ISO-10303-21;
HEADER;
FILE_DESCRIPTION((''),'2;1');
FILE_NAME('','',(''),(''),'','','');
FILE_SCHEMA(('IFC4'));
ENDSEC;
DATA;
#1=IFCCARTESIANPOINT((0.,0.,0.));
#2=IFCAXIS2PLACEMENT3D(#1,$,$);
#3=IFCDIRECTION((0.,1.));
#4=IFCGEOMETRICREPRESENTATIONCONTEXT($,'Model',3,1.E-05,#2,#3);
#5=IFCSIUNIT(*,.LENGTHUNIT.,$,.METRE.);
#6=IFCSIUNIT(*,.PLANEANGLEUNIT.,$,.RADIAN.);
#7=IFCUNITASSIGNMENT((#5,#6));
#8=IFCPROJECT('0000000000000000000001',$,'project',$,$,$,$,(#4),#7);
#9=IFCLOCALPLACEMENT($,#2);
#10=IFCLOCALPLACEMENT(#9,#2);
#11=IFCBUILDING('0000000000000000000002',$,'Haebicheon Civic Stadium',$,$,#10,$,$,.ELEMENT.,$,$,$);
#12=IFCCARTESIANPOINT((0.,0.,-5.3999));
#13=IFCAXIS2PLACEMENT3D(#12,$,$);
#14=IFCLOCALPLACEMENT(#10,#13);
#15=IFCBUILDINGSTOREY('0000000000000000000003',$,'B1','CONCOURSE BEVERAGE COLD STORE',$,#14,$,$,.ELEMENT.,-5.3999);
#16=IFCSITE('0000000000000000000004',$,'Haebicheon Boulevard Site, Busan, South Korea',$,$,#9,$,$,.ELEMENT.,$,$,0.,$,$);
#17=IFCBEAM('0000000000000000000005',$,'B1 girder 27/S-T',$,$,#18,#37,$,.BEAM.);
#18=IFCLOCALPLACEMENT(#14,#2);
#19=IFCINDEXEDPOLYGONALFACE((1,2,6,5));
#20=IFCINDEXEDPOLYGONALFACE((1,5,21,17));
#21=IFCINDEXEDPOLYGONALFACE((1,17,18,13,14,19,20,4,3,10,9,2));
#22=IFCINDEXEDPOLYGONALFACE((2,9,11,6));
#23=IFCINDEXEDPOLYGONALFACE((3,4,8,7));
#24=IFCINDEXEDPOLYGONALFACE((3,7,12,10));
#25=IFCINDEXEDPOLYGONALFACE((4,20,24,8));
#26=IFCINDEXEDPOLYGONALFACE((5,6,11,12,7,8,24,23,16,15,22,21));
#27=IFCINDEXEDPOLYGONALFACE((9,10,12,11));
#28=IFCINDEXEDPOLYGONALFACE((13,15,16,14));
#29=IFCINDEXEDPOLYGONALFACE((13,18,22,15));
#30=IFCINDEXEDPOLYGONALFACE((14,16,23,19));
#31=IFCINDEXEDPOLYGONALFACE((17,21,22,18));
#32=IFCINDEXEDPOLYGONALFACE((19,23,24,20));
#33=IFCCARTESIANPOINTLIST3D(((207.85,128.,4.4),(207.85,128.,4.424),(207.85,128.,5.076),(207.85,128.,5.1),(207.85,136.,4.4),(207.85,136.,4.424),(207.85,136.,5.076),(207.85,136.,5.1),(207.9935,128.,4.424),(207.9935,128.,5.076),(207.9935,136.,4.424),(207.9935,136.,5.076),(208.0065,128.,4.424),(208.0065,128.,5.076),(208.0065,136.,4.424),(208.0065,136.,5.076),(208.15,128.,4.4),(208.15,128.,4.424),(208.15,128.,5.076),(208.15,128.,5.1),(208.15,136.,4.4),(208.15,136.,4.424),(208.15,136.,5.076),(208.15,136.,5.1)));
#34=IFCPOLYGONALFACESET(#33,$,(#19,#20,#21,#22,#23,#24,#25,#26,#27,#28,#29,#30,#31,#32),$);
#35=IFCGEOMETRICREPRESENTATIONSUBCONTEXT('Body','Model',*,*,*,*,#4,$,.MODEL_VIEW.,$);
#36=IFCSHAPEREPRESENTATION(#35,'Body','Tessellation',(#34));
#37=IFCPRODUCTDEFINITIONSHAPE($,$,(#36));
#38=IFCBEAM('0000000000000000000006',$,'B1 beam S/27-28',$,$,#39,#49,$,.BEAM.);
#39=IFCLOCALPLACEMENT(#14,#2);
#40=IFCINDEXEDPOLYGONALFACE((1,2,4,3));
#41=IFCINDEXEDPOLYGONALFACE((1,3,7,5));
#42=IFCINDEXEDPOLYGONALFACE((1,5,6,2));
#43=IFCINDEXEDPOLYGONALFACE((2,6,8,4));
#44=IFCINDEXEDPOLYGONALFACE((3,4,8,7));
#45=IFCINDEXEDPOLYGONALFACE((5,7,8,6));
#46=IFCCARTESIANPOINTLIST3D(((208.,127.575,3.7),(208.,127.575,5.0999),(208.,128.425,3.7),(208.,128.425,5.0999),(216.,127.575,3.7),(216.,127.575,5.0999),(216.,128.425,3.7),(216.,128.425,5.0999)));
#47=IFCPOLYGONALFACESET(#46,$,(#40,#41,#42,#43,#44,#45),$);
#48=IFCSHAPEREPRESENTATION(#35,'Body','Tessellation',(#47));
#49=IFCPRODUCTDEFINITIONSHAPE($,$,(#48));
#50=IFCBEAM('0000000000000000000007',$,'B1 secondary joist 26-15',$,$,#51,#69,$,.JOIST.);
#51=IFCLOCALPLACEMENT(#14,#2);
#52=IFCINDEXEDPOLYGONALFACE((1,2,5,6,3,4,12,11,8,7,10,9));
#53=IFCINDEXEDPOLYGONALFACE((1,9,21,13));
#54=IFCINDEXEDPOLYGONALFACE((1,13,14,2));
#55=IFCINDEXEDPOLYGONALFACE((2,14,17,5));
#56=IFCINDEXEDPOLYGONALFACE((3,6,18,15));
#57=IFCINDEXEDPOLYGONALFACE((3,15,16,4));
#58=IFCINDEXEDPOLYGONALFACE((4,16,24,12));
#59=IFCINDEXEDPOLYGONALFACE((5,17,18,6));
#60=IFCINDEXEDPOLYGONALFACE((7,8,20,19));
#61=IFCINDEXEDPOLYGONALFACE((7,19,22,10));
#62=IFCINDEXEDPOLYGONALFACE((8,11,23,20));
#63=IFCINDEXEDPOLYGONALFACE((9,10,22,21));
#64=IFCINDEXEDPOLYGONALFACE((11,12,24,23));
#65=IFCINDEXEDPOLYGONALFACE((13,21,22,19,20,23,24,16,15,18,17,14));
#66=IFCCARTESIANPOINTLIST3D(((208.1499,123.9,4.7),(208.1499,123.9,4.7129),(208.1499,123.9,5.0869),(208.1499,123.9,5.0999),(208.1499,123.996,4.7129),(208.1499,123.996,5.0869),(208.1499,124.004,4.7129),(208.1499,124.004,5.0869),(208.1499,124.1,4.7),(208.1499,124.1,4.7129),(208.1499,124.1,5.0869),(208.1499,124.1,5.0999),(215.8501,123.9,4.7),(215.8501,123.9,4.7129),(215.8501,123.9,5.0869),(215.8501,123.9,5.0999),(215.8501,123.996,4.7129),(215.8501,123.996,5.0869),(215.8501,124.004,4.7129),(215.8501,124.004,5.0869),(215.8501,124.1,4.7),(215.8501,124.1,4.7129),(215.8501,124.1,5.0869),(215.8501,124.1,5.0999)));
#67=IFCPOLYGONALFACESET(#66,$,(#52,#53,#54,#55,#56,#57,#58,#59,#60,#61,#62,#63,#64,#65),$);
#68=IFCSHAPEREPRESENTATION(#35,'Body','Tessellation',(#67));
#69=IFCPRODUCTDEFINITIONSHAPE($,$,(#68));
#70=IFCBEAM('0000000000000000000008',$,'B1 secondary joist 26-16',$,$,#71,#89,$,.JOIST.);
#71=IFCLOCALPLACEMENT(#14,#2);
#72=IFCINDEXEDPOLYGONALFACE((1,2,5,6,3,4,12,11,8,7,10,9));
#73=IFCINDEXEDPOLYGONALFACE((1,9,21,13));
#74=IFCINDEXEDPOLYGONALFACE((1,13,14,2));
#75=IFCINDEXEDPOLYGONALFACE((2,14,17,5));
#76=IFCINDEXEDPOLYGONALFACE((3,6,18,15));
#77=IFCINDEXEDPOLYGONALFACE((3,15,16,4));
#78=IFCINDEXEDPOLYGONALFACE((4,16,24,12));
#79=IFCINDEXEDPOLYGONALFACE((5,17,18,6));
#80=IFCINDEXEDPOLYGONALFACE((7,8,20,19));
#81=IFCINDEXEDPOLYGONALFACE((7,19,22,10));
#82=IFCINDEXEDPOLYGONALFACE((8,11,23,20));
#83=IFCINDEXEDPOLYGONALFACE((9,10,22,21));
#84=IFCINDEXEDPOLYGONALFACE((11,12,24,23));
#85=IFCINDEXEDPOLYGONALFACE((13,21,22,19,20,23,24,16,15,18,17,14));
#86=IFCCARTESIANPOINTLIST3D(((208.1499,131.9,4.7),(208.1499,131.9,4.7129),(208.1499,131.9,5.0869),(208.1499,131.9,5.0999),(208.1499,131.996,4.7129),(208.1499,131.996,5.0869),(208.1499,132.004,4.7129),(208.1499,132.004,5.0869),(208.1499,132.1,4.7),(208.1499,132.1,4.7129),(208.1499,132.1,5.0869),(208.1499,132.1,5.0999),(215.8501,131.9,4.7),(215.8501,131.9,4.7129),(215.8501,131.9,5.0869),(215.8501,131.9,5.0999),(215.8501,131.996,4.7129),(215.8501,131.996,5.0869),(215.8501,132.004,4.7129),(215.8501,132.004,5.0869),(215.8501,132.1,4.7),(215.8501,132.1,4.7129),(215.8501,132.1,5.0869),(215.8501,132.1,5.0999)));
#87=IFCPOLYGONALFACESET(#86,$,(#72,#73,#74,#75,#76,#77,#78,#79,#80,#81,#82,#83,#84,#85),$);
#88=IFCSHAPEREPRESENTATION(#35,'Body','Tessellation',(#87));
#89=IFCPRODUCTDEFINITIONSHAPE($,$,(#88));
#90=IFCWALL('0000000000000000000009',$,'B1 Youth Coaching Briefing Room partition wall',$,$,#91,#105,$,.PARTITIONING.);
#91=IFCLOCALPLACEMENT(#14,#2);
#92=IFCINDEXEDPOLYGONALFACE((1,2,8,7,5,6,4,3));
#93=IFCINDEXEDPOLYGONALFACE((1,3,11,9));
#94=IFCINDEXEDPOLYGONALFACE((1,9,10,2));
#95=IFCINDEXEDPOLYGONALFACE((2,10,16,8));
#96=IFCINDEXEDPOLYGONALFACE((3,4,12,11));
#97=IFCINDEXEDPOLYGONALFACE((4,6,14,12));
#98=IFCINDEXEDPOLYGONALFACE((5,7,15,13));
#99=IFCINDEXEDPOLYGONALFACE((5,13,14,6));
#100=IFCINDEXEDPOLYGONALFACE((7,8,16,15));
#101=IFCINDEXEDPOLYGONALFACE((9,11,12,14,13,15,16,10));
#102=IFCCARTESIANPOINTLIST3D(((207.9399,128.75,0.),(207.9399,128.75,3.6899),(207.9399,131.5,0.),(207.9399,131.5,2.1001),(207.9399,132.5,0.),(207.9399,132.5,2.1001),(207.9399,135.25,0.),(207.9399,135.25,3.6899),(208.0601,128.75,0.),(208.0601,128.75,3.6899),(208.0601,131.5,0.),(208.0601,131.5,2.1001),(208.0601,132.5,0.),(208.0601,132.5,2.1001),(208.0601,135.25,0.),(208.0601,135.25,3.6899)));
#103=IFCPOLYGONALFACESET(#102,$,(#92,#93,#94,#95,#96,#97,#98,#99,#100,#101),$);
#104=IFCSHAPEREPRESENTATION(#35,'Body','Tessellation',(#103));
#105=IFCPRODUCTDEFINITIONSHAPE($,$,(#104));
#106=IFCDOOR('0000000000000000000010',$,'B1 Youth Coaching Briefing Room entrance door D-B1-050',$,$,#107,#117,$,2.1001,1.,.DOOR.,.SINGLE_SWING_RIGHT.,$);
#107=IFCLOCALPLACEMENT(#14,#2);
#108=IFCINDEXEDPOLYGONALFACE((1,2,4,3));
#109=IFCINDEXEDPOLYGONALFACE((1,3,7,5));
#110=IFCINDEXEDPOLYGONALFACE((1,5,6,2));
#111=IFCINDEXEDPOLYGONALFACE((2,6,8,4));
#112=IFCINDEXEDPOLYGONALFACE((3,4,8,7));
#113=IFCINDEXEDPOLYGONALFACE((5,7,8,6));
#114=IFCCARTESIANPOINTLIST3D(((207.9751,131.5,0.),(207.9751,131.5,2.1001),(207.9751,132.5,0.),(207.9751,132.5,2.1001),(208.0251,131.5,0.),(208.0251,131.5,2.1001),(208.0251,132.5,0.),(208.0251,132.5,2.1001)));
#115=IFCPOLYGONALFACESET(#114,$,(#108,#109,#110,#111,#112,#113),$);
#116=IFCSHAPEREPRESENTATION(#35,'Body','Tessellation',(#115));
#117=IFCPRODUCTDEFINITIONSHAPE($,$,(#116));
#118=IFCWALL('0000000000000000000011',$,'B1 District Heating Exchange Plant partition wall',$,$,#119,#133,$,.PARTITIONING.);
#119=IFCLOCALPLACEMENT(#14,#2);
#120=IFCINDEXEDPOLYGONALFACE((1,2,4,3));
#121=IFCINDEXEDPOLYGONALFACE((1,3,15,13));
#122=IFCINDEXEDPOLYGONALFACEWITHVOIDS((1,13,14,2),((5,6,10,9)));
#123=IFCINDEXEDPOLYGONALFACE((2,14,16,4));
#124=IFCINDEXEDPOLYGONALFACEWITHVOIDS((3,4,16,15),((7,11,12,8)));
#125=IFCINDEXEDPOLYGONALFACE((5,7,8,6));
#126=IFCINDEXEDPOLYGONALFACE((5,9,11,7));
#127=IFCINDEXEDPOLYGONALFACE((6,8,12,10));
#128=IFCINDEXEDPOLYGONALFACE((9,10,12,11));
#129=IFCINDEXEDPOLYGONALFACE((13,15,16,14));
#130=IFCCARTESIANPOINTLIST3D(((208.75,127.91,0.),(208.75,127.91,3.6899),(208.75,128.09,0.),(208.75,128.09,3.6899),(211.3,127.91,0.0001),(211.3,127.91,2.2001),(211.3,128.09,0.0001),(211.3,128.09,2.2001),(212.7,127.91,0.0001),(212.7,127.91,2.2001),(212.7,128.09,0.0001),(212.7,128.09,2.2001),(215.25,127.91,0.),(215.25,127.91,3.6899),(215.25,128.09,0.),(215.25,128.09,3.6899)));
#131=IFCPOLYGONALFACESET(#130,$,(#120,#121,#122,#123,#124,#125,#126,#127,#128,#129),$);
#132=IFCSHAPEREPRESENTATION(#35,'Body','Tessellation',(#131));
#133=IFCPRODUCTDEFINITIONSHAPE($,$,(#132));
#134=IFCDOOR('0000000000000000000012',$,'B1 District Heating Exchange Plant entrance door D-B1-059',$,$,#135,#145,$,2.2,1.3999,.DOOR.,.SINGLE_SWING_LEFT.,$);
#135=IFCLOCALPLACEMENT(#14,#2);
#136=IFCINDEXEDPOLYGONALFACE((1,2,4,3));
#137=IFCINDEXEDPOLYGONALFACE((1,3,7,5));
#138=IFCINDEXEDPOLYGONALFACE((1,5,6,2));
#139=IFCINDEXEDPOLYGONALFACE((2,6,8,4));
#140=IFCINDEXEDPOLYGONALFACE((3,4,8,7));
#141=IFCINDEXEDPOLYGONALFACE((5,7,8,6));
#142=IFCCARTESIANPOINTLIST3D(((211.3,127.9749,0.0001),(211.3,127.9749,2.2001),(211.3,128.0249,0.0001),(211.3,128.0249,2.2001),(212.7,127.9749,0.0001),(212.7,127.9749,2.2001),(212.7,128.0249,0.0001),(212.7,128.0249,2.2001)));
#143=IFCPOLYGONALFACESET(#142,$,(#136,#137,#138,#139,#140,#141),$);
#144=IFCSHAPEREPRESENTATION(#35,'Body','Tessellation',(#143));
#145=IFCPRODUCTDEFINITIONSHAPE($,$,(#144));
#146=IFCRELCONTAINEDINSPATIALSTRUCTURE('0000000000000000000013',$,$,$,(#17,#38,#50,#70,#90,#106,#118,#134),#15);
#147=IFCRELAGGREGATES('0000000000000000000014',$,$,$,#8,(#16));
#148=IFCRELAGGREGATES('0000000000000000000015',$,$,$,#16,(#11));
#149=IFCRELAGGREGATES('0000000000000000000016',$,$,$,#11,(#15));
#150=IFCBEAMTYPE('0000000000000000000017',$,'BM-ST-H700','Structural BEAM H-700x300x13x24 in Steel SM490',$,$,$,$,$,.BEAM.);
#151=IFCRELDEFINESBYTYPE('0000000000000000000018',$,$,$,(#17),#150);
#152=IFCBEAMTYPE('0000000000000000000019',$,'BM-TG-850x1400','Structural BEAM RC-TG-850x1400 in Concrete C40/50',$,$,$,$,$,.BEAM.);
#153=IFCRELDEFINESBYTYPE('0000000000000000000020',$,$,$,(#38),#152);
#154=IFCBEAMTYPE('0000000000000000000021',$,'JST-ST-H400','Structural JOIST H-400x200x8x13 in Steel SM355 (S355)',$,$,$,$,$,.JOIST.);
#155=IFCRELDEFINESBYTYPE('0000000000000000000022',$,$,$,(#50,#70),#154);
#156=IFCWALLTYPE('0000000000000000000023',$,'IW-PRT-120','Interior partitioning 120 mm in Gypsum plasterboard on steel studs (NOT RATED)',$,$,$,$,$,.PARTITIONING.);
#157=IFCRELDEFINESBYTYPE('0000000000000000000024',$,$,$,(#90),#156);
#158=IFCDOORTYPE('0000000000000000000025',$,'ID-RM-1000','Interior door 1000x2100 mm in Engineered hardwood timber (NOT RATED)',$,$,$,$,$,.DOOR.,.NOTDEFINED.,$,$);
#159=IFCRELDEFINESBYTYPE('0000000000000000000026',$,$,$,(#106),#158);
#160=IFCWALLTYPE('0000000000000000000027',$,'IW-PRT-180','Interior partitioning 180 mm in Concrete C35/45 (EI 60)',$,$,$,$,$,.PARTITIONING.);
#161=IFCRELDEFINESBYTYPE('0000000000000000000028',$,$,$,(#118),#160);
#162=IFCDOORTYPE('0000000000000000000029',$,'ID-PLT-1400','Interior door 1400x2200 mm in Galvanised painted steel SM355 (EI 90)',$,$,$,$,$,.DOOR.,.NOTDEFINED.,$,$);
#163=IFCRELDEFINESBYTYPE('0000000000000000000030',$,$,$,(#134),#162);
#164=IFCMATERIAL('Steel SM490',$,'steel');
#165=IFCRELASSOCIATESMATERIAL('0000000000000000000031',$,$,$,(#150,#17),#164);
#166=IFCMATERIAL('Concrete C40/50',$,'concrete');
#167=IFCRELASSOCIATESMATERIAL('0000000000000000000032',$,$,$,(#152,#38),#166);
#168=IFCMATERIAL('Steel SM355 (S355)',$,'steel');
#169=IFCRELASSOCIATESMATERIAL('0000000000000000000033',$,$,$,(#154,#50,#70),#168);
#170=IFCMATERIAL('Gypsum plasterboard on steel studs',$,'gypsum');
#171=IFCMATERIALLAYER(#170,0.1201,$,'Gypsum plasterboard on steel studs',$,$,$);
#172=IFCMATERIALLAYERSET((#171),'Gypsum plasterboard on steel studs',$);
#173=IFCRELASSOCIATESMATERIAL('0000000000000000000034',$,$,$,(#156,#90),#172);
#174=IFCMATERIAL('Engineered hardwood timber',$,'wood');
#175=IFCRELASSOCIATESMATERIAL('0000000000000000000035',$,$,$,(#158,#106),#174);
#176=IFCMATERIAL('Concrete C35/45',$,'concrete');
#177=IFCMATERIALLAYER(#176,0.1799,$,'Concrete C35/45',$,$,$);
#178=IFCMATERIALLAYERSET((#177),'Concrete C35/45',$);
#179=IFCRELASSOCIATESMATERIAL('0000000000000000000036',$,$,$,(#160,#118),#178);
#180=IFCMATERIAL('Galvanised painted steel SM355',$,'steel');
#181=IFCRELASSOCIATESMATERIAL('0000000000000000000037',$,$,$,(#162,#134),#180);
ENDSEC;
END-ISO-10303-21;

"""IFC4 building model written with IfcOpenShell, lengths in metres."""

from ifc_helpers import new_model, si_unit, direction, frame, frame_2d, origin, origin_2d, place, context, subcontext, project, spatial, rectangle, i_section, extrude, material, layer, layer_set, material_profile, profile_set, type_object, element, fill, save


model = new_model("IFC4")

# Units and contexts
model_context = context("Model", 3, precision=1e-05, world=origin(), true_north=direction((0.0, 1.0)))
body_context = subcontext(model_context, "Body", "Model", "MODEL_VIEW")
ifc_project = project(units=[si_unit("LENGTHUNIT", "METRE"), si_unit("PLANEANGLEUNIT", "RADIAN")], contexts=[model_context])

# Site, building, storey
site_placement = place(None, origin())
site = spatial("IfcSite", under=ifc_project, at=site_placement, Name="Haebicheon Boulevard Site, Busan, South Korea", CompositionType="ELEMENT", RefElevation=0.0)
building_placement = place(site_placement, origin())
building = spatial("IfcBuilding", under=site, at=building_placement, Name="Haebicheon Civic Stadium", CompositionType="ELEMENT")
storey_placement = place(building_placement, frame((0.0, 0.0, -5.3999)))
storey = spatial("IfcBuildingStorey", under=building, at=storey_placement, Name="B1", Description="CONCOURSE BEVERAGE COLD STORE", CompositionType="ELEMENT", Elevation=-5.3999)

# Beams
ifc_material_1 = material(Name="Steel SM490", Category="steel")
ifc_material_profile_1 = material_profile(ifc_material_1, i_section(OverallWidth=0.3, OverallDepth=0.7, WebThickness=0.0129, FlangeThickness=0.0239, at=origin_2d()), Name="H-700x300x13x24")
ifc_profile_set_1 = profile_set([ifc_material_profile_1], Name="Steel SM490")
beam_type_1 = type_object("IfcBeamType", Name="BM-ST-H700", Description="Structural BEAM H-700x300x13x24 in Steel SM490", PredefinedType="BEAM", material=ifc_profile_set_1)
beam_1_placement = place(storey_placement, frame((208.0, 128.0, 4.75), z_axis=(0.0, 1.0, 0.0), x_axis=(-1.0, 0.0, 0.0)))
element("IfcBeam", 1, at=beam_1_placement, inside=storey, type_object=beam_type_1, material=ifc_profile_set_1, Name="B1 girder 27/S-T", PredefinedType="BEAM", context=body_context, shape_type="SweptSolid", body=[
    extrude(i_section(OverallWidth=0.3, OverallDepth=0.7, WebThickness=0.0129, FlangeThickness=0.0239, at=origin_2d()), origin(), (0.0, 0.0, 1.0), 8.0),
])
ifc_material_2 = material(Name="Concrete C40/50", Category="concrete")
ifc_material_profile_2 = material_profile(ifc_material_2, rectangle(XDim=0.8501, YDim=1.3999, at=origin_2d()), Name="RC-TG-850x1400")
ifc_profile_set_2 = profile_set([ifc_material_profile_2], Name="Concrete C40/50")
beam_type_2 = type_object("IfcBeamType", Name="BM-TG-850x1400", Description="Structural BEAM RC-TG-850x1400 in Concrete C40/50", PredefinedType="BEAM", material=ifc_profile_set_2)
beam_2_placement = place(storey_placement, frame((208.0, 128.0, 4.3999), z_axis=(1.0, 0.0, 0.0), x_axis=(0.0, 1.0, 0.0)))
element("IfcBeam", 2, at=beam_2_placement, inside=storey, type_object=beam_type_2, material=ifc_profile_set_2, Name="B1 beam S/27-28", PredefinedType="BEAM", context=body_context, shape_type="SweptSolid", body=[
    extrude(rectangle(XDim=0.8501, YDim=1.3999, at=origin_2d()), origin(), (0.0, 0.0, 1.0), 8.0),
])
ifc_material_3 = material(Name="Steel SM355 (S355)", Category="steel")
ifc_material_profile_3 = material_profile(ifc_material_3, i_section(OverallWidth=0.2, OverallDepth=0.3999, WebThickness=0.0081, FlangeThickness=0.0129, at=origin_2d()), Name="H-400x200x8x13")
ifc_profile_set_3 = profile_set([ifc_material_profile_3], Name="Steel SM355 (S355)")
beam_type_3 = type_object("IfcBeamType", Name="JST-ST-H400", Description="Structural JOIST H-400x200x8x13 in Steel SM355 (S355)", PredefinedType="JOIST", material=ifc_profile_set_3)
for number, where, z_axis, x_axis, name in (
    (3, (208.1499, 124.0, 4.8999), (1.0, 0.0, 0.0), (0.0, 1.0, 0.0), "B1 secondary joist 26-15"),
    (4, (208.1499, 132.0, 4.8999), (1.0, 0.0, 0.0), (0.0, 1.0, 0.0), "B1 secondary joist 26-16"),
):
    element("IfcBeam", number, at=place(storey_placement, frame(where, z_axis=z_axis, x_axis=x_axis)), inside=storey, type_object=beam_type_3, material=ifc_profile_set_3, Name=name, PredefinedType="JOIST", context=body_context, shape_type="SweptSolid", body=[
        extrude(i_section(OverallWidth=0.2, OverallDepth=0.3999, WebThickness=0.0081, FlangeThickness=0.0129, at=origin_2d()), origin(), (0.0, 0.0, 1.0), 7.7002),
    ])

# Walls, openings, doors
ifc_material_4 = material(Name="Gypsum plasterboard on steel studs", Category="gypsum")
ifc_layer_1 = layer(ifc_material_4, 0.1201, Name="Gypsum plasterboard on steel studs")
ifc_layer_set_1 = layer_set([ifc_layer_1], Name="Gypsum plasterboard on steel studs")
wall_type_1 = type_object("IfcWallType", Name="IW-PRT-120", Description="Interior partitioning 120 mm in Gypsum plasterboard on steel studs (NOT RATED)", PredefinedType="PARTITIONING", material=ifc_layer_set_1)
wall_1_placement = place(storey_placement, frame((208.0, 128.75, 0.0), z_axis=(0.0, 0.0, 1.0), x_axis=(0.0, 1.0, 0.0)))
wall_1 = element("IfcWall", 5, at=wall_1_placement, inside=storey, type_object=wall_type_1, material=ifc_layer_set_1, Name="B1 Youth Coaching Briefing Room partition wall", PredefinedType="PARTITIONING", context=body_context, shape_type="SweptSolid", body=[
    extrude(rectangle(XDim=6.5, YDim=0.1201, at=frame_2d((3.25, 0.0))), origin(), (0.0, 0.0, 1.0), 3.6899),
])
opening_1_placement = place(wall_1_placement, frame((2.75, 0.0, 0.0)))
opening_1 = element("IfcOpeningElement", 6, at=opening_1_placement, cuts=wall_1, PredefinedType="OPENING", context=body_context, shape_type="SweptSolid", body=[
    extrude(rectangle(XDim=1.0, YDim=2.1001, at=frame_2d((0.5, 1.05))), frame((0.0, 0.0701, 0.0), z_axis=(0.0, -1.0, 0.0), x_axis=(1.0, 0.0, 0.0)), (0.0, 0.0, 1.0), 0.1401),
])
ifc_material_5 = material(Name="Engineered hardwood timber", Category="wood")
door_type_1 = type_object("IfcDoorType", Name="ID-RM-1000", Description="Interior door 1000x2100 mm in Engineered hardwood timber (NOT RATED)", OperationType="NOTDEFINED", PredefinedType="DOOR", material=ifc_material_5)
door_1_placement = place(opening_1_placement, origin())
door_1 = element("IfcDoor", 7, at=door_1_placement, inside=storey, type_object=door_type_1, material=ifc_material_5, Name="B1 Youth Coaching Briefing Room entrance door D-B1-050", OperationType="SINGLE_SWING_RIGHT", OverallHeight=2.1001, OverallWidth=1.0, PredefinedType="DOOR", context=body_context, shape_type="SweptSolid", body=[
    extrude(rectangle(XDim=1.0, YDim=2.1001, at=frame_2d((0.5, 1.05))), frame((0.0, 0.0249, 0.0), z_axis=(0.0, -1.0, 0.0), x_axis=(1.0, 0.0, 0.0)), (0.0, 0.0, 1.0), 0.05),
])
fill(opening_1, door_1)
ifc_material_6 = material(Name="Concrete C35/45", Category="concrete")
ifc_layer_2 = layer(ifc_material_6, 0.1799, Name="Concrete C35/45")
ifc_layer_set_2 = layer_set([ifc_layer_2], Name="Concrete C35/45")
wall_type_2 = type_object("IfcWallType", Name="IW-PRT-180", Description="Interior partitioning 180 mm in Concrete C35/45 (EI 60)", PredefinedType="PARTITIONING", material=ifc_layer_set_2)
wall_2_placement = place(storey_placement, frame((208.75, 128.0, 0.0), z_axis=(0.0, 0.0, 1.0), x_axis=(1.0, 0.0, 0.0)))
wall_2 = element("IfcWall", 8, at=wall_2_placement, inside=storey, type_object=wall_type_2, material=ifc_layer_set_2, Name="B1 District Heating Exchange Plant partition wall", PredefinedType="PARTITIONING", context=body_context, shape_type="SweptSolid", body=[
    extrude(rectangle(XDim=6.5, YDim=0.1799, at=frame_2d((3.25, 0.0))), origin(), (0.0, 0.0, 1.0), 3.6899),
])
opening_2_placement = place(wall_2_placement, frame((2.55, 0.0, 0.0)))
opening_2 = element("IfcOpeningElement", 9, at=opening_2_placement, cuts=wall_2, PredefinedType="OPENING", context=body_context, shape_type="SweptSolid", body=[
    extrude(rectangle(XDim=1.3999, YDim=2.2, at=frame_2d((0.7, 1.1001))), frame((0.0, 0.0999, 0.0), z_axis=(0.0, -1.0, 0.0), x_axis=(1.0, 0.0, 0.0)), (0.0, 0.0, 1.0), 0.2),
])
ifc_material_7 = material(Name="Galvanised painted steel SM355", Category="steel")
door_type_2 = type_object("IfcDoorType", Name="ID-PLT-1400", Description="Interior door 1400x2200 mm in Galvanised painted steel SM355 (EI 90)", OperationType="NOTDEFINED", PredefinedType="DOOR", material=ifc_material_7)
door_2_placement = place(opening_2_placement, origin())
door_2 = element("IfcDoor", 10, at=door_2_placement, inside=storey, type_object=door_type_2, material=ifc_material_7, Name="B1 District Heating Exchange Plant entrance door D-B1-059", OperationType="SINGLE_SWING_LEFT", OverallHeight=2.2, OverallWidth=1.3999, PredefinedType="DOOR", context=body_context, shape_type="SweptSolid", body=[
    extrude(rectangle(XDim=1.3999, YDim=2.2, at=frame_2d((0.7, 1.1001))), frame((0.0, 0.0249, 0.0), z_axis=(0.0, -1.0, 0.0), x_axis=(1.0, 0.0, 0.0)), (0.0, 0.0, 1.0), 0.05),
])
fill(opening_2, door_2)

save(model, "model.ifc")
